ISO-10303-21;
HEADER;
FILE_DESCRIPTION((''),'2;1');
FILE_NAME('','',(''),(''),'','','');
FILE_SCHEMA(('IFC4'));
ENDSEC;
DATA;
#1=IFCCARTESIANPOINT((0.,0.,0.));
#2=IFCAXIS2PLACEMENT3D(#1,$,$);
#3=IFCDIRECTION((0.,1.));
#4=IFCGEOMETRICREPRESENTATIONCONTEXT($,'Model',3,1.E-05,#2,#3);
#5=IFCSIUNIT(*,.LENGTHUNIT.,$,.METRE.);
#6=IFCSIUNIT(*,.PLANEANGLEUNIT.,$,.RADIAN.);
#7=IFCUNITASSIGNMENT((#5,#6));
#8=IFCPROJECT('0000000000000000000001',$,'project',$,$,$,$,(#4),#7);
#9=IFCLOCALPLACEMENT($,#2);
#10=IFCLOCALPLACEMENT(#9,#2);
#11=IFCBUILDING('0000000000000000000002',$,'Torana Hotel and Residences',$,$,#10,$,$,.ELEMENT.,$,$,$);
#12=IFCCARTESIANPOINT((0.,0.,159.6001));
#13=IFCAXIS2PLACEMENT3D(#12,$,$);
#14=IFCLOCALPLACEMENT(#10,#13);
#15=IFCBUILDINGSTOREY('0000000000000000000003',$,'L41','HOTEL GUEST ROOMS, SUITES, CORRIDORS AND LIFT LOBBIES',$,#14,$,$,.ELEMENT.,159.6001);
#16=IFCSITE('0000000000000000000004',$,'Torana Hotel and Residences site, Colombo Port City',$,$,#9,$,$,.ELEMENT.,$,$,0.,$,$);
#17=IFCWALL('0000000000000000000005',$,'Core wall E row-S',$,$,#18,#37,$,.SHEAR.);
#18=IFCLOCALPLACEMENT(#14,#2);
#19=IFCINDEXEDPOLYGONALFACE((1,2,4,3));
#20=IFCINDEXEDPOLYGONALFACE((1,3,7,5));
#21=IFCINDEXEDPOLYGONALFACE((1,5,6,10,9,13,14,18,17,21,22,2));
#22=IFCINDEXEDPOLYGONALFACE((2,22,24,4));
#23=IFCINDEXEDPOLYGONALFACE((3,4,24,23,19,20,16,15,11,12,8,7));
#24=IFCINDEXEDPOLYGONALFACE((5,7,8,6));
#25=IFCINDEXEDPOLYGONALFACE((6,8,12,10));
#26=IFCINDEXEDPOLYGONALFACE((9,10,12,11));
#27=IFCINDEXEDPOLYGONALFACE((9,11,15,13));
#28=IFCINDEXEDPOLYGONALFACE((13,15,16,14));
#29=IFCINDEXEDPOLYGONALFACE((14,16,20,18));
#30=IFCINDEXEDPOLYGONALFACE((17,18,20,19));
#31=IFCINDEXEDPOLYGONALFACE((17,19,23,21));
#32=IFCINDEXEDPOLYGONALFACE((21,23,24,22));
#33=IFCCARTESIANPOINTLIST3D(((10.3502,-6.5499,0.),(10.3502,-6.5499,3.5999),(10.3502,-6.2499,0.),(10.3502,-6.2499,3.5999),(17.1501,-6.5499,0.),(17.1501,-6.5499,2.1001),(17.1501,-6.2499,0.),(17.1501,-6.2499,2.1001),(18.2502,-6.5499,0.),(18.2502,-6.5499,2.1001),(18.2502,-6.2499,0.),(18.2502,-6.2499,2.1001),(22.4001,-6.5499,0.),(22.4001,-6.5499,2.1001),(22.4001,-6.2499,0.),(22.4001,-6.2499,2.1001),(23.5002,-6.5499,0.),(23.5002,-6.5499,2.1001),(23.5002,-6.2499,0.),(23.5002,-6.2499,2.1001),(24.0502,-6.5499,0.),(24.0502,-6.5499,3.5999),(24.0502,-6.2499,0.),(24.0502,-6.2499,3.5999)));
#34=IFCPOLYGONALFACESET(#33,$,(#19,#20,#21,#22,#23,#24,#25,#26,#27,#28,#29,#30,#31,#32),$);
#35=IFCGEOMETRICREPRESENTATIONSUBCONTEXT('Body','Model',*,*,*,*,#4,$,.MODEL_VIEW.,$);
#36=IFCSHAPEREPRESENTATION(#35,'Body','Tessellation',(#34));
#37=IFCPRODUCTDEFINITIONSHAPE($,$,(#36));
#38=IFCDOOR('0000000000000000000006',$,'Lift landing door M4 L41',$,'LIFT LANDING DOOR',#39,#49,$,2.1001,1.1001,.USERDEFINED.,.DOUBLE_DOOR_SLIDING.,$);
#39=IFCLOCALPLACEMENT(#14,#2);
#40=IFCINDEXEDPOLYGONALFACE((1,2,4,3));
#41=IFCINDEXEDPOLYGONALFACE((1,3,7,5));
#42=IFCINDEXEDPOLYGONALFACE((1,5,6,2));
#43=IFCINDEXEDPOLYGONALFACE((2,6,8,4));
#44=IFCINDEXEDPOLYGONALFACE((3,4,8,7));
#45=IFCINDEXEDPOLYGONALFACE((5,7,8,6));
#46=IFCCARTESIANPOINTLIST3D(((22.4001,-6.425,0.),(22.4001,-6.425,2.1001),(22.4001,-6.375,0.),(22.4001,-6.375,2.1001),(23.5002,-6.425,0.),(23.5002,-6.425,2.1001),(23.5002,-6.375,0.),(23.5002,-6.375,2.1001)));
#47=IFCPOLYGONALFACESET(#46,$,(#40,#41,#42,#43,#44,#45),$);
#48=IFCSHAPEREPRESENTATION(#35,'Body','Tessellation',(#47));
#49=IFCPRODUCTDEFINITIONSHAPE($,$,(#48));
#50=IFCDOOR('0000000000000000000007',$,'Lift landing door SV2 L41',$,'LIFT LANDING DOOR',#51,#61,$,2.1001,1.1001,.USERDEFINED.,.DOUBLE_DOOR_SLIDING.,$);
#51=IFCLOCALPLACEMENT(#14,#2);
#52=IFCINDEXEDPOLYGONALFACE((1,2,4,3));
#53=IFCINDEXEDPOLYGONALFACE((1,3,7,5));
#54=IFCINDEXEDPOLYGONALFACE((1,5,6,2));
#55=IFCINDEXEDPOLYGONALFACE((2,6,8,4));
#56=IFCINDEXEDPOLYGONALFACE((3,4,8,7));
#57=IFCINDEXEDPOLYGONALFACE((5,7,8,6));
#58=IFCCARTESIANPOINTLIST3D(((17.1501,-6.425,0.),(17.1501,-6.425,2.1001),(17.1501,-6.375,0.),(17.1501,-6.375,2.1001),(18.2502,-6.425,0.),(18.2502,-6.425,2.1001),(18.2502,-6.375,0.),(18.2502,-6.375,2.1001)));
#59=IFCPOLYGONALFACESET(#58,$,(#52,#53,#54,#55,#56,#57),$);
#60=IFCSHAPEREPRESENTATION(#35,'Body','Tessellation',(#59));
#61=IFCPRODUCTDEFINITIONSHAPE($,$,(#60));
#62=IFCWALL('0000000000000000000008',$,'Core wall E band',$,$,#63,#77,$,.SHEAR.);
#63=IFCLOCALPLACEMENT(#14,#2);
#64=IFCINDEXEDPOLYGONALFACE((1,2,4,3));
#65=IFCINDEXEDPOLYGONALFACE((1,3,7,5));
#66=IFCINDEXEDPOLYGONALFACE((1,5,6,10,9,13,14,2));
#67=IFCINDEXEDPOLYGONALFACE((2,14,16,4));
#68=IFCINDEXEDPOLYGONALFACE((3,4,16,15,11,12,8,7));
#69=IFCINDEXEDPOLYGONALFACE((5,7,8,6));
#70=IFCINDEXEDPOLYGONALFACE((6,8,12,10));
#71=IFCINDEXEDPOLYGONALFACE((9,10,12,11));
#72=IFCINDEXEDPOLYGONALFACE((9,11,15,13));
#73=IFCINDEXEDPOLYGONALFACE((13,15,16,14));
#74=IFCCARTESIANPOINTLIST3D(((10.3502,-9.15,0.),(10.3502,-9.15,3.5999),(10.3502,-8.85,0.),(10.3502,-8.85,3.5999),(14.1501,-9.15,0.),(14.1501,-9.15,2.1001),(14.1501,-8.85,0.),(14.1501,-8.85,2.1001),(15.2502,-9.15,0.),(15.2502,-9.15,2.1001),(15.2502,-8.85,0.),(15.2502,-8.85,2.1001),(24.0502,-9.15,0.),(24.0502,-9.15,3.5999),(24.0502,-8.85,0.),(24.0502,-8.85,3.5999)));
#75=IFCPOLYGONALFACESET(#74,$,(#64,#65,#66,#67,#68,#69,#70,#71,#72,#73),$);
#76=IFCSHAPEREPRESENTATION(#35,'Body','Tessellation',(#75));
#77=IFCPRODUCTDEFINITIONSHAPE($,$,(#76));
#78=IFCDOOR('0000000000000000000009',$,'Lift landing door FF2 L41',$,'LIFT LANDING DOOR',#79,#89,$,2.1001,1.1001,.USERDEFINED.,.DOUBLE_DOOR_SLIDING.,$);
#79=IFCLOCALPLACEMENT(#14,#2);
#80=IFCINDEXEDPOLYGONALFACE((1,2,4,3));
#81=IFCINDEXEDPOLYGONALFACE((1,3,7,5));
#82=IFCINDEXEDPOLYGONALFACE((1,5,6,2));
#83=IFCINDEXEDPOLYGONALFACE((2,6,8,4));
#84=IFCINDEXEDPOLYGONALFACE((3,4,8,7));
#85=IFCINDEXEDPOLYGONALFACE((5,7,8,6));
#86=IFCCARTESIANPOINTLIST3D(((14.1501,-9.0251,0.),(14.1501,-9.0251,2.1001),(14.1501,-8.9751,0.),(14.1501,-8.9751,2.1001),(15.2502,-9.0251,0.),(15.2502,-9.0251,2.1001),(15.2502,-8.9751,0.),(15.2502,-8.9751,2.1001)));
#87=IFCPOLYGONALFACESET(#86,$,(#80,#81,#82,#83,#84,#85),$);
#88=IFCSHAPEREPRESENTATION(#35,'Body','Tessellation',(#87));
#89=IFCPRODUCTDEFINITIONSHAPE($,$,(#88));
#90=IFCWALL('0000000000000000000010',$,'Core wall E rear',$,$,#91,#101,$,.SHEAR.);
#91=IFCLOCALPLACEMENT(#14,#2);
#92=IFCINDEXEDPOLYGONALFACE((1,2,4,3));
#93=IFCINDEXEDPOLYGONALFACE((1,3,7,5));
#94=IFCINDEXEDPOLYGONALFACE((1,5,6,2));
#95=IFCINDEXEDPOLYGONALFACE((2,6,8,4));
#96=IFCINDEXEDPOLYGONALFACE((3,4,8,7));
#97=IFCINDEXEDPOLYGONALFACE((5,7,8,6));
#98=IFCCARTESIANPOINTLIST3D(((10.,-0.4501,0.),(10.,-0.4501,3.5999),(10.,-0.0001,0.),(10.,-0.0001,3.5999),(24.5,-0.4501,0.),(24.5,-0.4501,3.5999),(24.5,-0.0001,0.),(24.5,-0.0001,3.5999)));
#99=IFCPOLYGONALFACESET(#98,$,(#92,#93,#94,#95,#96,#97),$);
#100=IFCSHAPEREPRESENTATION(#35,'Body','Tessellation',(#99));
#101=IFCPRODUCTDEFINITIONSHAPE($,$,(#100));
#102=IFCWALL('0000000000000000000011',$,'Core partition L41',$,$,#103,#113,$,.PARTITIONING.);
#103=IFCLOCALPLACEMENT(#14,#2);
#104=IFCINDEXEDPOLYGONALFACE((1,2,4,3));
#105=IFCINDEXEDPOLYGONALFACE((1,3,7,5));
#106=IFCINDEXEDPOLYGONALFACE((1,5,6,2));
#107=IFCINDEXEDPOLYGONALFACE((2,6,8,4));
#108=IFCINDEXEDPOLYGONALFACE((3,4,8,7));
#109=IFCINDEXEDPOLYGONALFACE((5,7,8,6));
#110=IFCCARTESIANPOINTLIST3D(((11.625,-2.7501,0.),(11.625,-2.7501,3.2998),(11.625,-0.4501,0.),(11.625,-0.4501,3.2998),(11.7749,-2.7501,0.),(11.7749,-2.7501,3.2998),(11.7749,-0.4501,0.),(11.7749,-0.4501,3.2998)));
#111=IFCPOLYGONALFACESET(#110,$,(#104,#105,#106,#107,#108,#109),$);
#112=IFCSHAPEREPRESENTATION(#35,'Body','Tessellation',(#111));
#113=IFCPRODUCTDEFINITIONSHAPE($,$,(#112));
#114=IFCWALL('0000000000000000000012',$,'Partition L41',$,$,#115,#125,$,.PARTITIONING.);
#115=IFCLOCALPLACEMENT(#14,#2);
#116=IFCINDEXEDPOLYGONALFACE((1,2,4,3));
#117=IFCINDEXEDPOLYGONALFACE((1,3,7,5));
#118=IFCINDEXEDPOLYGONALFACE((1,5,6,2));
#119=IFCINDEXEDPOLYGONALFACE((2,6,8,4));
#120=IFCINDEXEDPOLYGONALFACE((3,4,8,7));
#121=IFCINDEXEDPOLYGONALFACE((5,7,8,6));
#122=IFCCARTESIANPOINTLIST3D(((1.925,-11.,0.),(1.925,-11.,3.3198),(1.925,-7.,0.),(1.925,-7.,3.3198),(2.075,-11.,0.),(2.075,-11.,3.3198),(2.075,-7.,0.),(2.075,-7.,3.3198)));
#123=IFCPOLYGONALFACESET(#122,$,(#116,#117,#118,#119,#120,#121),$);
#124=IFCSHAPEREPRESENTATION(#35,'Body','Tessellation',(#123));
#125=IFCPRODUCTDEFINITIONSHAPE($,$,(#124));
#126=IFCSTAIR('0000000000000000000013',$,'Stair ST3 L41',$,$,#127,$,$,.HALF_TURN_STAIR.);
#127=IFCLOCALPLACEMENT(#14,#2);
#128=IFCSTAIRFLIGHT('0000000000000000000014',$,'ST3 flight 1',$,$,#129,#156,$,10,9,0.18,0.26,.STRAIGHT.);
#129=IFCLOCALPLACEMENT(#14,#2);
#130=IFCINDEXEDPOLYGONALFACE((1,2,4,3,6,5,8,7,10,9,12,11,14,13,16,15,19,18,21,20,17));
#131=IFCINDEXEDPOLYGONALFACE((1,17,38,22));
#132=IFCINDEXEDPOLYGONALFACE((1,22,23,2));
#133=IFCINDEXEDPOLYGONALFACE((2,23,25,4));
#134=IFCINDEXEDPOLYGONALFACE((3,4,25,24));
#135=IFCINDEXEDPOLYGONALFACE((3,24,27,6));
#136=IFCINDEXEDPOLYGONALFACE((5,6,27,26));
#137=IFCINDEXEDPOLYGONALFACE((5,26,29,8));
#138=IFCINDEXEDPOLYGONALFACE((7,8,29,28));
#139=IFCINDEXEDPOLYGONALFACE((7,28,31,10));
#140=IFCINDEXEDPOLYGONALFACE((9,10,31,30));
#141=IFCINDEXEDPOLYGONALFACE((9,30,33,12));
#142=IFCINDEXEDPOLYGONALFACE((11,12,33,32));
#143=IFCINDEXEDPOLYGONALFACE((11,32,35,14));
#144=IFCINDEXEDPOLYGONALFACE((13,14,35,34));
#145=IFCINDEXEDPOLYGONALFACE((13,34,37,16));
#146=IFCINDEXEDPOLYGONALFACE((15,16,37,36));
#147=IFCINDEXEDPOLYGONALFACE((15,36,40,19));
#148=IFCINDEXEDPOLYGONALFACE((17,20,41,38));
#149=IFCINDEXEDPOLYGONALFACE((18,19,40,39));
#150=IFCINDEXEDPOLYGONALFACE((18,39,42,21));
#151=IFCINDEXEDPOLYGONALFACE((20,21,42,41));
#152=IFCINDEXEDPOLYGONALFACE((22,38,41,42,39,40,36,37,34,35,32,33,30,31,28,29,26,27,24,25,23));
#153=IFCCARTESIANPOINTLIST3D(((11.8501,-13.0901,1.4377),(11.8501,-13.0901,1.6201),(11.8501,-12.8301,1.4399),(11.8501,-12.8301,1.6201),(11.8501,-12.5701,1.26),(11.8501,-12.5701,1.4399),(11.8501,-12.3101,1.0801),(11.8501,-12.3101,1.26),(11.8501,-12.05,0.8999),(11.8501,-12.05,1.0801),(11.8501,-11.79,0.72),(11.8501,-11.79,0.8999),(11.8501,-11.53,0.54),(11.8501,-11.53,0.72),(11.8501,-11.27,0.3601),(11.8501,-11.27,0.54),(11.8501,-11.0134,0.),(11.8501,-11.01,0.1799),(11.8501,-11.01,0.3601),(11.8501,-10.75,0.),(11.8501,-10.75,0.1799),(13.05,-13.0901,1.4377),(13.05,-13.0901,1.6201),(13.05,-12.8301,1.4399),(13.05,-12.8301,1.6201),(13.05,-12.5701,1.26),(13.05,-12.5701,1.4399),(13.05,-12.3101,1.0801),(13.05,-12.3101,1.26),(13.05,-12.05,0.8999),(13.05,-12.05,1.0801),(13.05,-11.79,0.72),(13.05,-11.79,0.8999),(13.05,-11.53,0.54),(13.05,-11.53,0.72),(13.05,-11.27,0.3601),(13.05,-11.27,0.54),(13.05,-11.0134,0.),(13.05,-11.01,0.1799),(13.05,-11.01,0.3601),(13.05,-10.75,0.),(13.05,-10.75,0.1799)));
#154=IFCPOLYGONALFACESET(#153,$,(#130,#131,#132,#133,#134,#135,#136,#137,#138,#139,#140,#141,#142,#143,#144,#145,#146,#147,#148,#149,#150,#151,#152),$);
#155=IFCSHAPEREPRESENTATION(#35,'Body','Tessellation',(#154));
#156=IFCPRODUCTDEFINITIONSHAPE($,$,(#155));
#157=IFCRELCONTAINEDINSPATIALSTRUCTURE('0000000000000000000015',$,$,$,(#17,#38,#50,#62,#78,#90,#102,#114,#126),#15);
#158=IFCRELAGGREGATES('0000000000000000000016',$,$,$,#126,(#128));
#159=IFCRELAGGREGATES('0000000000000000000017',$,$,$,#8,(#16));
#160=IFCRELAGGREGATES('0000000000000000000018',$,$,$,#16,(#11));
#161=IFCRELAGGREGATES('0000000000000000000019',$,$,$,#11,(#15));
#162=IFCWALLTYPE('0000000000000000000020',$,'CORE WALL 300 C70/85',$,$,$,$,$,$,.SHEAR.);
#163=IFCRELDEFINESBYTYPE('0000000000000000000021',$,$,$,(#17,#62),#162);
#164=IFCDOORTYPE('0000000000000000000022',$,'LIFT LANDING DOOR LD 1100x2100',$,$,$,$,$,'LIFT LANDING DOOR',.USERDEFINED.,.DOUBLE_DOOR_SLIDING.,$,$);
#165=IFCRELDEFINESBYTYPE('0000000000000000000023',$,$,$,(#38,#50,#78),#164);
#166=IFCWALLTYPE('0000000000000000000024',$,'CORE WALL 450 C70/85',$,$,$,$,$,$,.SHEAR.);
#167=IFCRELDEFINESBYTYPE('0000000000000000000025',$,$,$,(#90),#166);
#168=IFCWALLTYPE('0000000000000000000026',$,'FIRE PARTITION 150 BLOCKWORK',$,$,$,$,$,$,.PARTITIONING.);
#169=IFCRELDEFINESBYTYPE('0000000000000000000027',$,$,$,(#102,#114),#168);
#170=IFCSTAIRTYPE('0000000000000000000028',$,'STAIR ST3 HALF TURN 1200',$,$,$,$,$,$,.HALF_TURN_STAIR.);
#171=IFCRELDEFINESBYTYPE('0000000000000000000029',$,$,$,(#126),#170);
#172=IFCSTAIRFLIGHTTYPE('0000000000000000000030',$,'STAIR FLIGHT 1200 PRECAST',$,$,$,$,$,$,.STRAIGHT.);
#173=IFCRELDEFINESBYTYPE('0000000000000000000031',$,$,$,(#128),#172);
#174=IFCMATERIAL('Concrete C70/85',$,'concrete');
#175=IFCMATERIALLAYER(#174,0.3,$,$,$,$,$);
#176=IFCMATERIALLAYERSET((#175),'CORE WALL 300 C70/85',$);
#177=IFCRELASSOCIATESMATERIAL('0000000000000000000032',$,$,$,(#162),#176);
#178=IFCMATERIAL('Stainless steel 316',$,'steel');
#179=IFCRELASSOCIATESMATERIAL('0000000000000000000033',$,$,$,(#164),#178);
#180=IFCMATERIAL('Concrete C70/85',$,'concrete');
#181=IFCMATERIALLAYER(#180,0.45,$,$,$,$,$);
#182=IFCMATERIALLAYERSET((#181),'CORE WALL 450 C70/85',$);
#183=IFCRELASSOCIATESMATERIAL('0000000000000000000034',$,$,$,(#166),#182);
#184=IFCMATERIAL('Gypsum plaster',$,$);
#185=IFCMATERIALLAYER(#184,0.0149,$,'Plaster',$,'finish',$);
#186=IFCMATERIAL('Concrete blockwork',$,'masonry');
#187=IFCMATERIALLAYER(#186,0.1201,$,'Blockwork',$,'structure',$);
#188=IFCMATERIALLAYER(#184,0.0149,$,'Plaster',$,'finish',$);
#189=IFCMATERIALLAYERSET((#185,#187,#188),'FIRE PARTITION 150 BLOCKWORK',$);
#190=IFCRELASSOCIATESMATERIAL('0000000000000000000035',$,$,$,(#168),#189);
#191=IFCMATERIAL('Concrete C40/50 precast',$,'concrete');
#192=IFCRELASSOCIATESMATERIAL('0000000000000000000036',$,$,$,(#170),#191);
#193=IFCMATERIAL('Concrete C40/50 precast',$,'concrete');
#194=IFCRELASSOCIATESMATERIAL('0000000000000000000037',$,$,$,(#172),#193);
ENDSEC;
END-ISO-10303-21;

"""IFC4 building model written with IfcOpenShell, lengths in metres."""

from ifc_helpers import new_model, si_unit, direction, frame, frame_2d, origin, place, context, subcontext, project, spatial, polyline, rectangle, outline, extrude, material, layer, layer_set, type_object, element, fill, aggregate, save


model = new_model("IFC4")

# Units and contexts
model_context = context("Model", 3, precision=1e-05, world=origin(), true_north=direction((0.0, 1.0)))
body_context = subcontext(model_context, "Body", "Model", "MODEL_VIEW")
ifc_project = project(units=[si_unit("LENGTHUNIT", "METRE"), si_unit("PLANEANGLEUNIT", "RADIAN")], contexts=[model_context])

# Site, building, storey
site_placement = place(None, origin())
site = spatial("IfcSite", under=ifc_project, at=site_placement, Name="Torana Hotel and Residences site, Colombo Port City", CompositionType="ELEMENT", RefElevation=0.0)
building_placement = place(site_placement, origin())
building = spatial("IfcBuilding", under=site, at=building_placement, Name="Torana Hotel and Residences", CompositionType="ELEMENT")
storey_placement = place(building_placement, frame((0.0, 0.0, 159.6001)))
storey = spatial("IfcBuildingStorey", under=building, at=storey_placement, Name="L41", Description="HOTEL GUEST ROOMS, SUITES, CORRIDORS AND LIFT LOBBIES", CompositionType="ELEMENT", Elevation=159.6001)

# Wall, openings, doors
ifc_material_1 = material(Name="Concrete C70/85", Category="concrete")
ifc_layer_1 = layer(ifc_material_1, 0.3)
ifc_layer_set_1 = layer_set([ifc_layer_1], Name="CORE WALL 300 C70/85")
wall_type_1 = type_object("IfcWallType", Name="CORE WALL 300 C70/85", PredefinedType="SHEAR", material=ifc_layer_set_1)
ifc_material_2 = material(Name="Stainless steel 316", Category="steel")
door_type_1 = type_object("IfcDoorType", Name="LIFT LANDING DOOR LD 1100x2100", ElementType="LIFT LANDING DOOR", OperationType="DOUBLE_DOOR_SLIDING", PredefinedType="USERDEFINED", material=ifc_material_2)
wall_1_placement = place(storey_placement, frame((10.3501, -6.3999, 0.0), z_axis=(0.0, 0.0, 1.0), x_axis=(1.0, 0.0, 0.0)))
wall_1 = element("IfcWall", 1, at=wall_1_placement, inside=storey, type_object=wall_type_1, Name="Core wall E row-S", PredefinedType="SHEAR", context=body_context, shape_type="SweptSolid", body=[
    extrude(rectangle(XDim=13.7, YDim=0.3, at=frame_2d((6.8501, 0.0))), origin(), (0.0, 0.0, 1.0), 3.5999),
])
opening_1_placement = place(wall_1_placement, frame((12.05, 0.0, 0.0)))
opening_1 = element("IfcOpeningElement", 2, at=opening_1_placement, cuts=wall_1, PredefinedType="OPENING", context=body_context, shape_type="SweptSolid", body=[
    extrude(rectangle(XDim=1.1001, YDim=2.1001, at=frame_2d((0.55, 1.05))), frame((0.0, 0.1599, 0.0), z_axis=(0.0, -1.0, 0.0), x_axis=(1.0, 0.0, 0.0)), (0.0, 0.0, 1.0), 0.3201),
])
opening_2_placement = place(wall_1_placement, frame((6.8, 0.0, 0.0)))
opening_2 = element("IfcOpeningElement", 3, at=opening_2_placement, cuts=wall_1, PredefinedType="OPENING", context=body_context, shape_type="SweptSolid", body=[
    extrude(rectangle(XDim=1.1001, YDim=2.1001, at=frame_2d((0.55, 1.05))), frame((0.0, 0.1599, 0.0), z_axis=(0.0, -1.0, 0.0), x_axis=(1.0, 0.0, 0.0)), (0.0, 0.0, 1.0), 0.3201),
])
door_1_placement = place(opening_1_placement, origin())
door_1 = element("IfcDoor", 4, at=door_1_placement, inside=storey, type_object=door_type_1, Name="Lift landing door M4 L41", ObjectType="LIFT LANDING DOOR", OperationType="DOUBLE_DOOR_SLIDING", OverallHeight=2.1001, OverallWidth=1.1001, PredefinedType="USERDEFINED", context=body_context, shape_type="SweptSolid", body=[
    extrude(rectangle(XDim=1.1001, YDim=2.1001, at=frame_2d((0.55, 1.05))), frame((0.0, 0.0249, 0.0), z_axis=(0.0, -1.0, 0.0), x_axis=(1.0, 0.0, 0.0)), (0.0, 0.0, 1.0), 0.05),
])
fill(opening_1, door_1)
door_2_placement = place(opening_2_placement, origin())
door_2 = element("IfcDoor", 5, at=door_2_placement, inside=storey, type_object=door_type_1, Name="Lift landing door SV2 L41", ObjectType="LIFT LANDING DOOR", OperationType="DOUBLE_DOOR_SLIDING", OverallHeight=2.1001, OverallWidth=1.1001, PredefinedType="USERDEFINED", context=body_context, shape_type="SweptSolid", body=[
    extrude(rectangle(XDim=1.1001, YDim=2.1001, at=frame_2d((0.55, 1.05))), frame((0.0, 0.0249, 0.0), z_axis=(0.0, -1.0, 0.0), x_axis=(1.0, 0.0, 0.0)), (0.0, 0.0, 1.0), 0.05),
])
fill(opening_2, door_2)

# Wall, opening, door
wall_2_placement = place(storey_placement, frame((10.3501, -9.0, 0.0), z_axis=(0.0, 0.0, 1.0), x_axis=(1.0, 0.0, 0.0)))
wall_2 = element("IfcWall", 6, at=wall_2_placement, inside=storey, type_object=wall_type_1, Name="Core wall E band", PredefinedType="SHEAR", context=body_context, shape_type="SweptSolid", body=[
    extrude(rectangle(XDim=13.7, YDim=0.3, at=frame_2d((6.8501, 0.0))), origin(), (0.0, 0.0, 1.0), 3.5999),
])
opening_3_placement = place(wall_2_placement, frame((3.8, 0.0, 0.0)))
opening_3 = element("IfcOpeningElement", 7, at=opening_3_placement, cuts=wall_2, PredefinedType="OPENING", context=body_context, shape_type="SweptSolid", body=[
    extrude(rectangle(XDim=1.1001, YDim=2.1001, at=frame_2d((0.55, 1.05))), frame((0.0, 0.1599, 0.0), z_axis=(0.0, -1.0, 0.0), x_axis=(1.0, 0.0, 0.0)), (0.0, 0.0, 1.0), 0.3201),
])
door_3_placement = place(opening_3_placement, origin())
door_3 = element("IfcDoor", 8, at=door_3_placement, inside=storey, type_object=door_type_1, Name="Lift landing door FF2 L41", ObjectType="LIFT LANDING DOOR", OperationType="DOUBLE_DOOR_SLIDING", OverallHeight=2.1001, OverallWidth=1.1001, PredefinedType="USERDEFINED", context=body_context, shape_type="SweptSolid", body=[
    extrude(rectangle(XDim=1.1001, YDim=2.1001, at=frame_2d((0.55, 1.05))), frame((0.0, 0.0249, 0.0), z_axis=(0.0, -1.0, 0.0), x_axis=(1.0, 0.0, 0.0)), (0.0, 0.0, 1.0), 0.05),
])
fill(opening_3, door_3)

# Walls
ifc_material_3 = material(Name="Concrete C70/85", Category="concrete")
ifc_layer_2 = layer(ifc_material_3, 0.45)
ifc_layer_set_2 = layer_set([ifc_layer_2], Name="CORE WALL 450 C70/85")
wall_type_2 = type_object("IfcWallType", Name="CORE WALL 450 C70/85", PredefinedType="SHEAR", material=ifc_layer_set_2)
wall_3_placement = place(storey_placement, frame((10.0, -0.2251, 0.0), z_axis=(0.0, 0.0, 1.0), x_axis=(1.0, 0.0, 0.0)))
element("IfcWall", 9, at=wall_3_placement, inside=storey, type_object=wall_type_2, Name="Core wall E rear", PredefinedType="SHEAR", context=body_context, shape_type="SweptSolid", body=[
    extrude(rectangle(XDim=14.5, YDim=0.45, at=frame_2d((7.25, 0.0))), origin(), (0.0, 0.0, 1.0), 3.5999),
])
ifc_material_4 = material(Name="Gypsum plaster")
ifc_layer_3 = layer(ifc_material_4, 0.0149, Name="Plaster", Category="finish")
ifc_material_5 = material(Name="Concrete blockwork", Category="masonry")
ifc_layer_4 = layer(ifc_material_5, 0.1201, Name="Blockwork", Category="structure")
ifc_layer_5 = layer(ifc_material_4, 0.0149, Name="Plaster", Category="finish")
ifc_layer_set_3 = layer_set([ifc_layer_3, ifc_layer_4, ifc_layer_5], Name="FIRE PARTITION 150 BLOCKWORK")
wall_type_3 = type_object("IfcWallType", Name="FIRE PARTITION 150 BLOCKWORK", PredefinedType="PARTITIONING", material=ifc_layer_set_3)
wall_4_placement = place(storey_placement, frame((11.7, -2.75, 0.0), z_axis=(0.0, 0.0, 1.0), x_axis=(0.0, 1.0, 0.0)))
element("IfcWall", 10, at=wall_4_placement, inside=storey, type_object=wall_type_3, Name="Core partition L41", PredefinedType="PARTITIONING", context=body_context, shape_type="SweptSolid", body=[
    extrude(rectangle(XDim=2.3, YDim=0.1499, at=frame_2d((1.1499, 0.0))), origin(), (0.0, 0.0, 1.0), 3.2998),
])
wall_5_placement = place(storey_placement, frame((2.0, -11.0, 0.0), z_axis=(0.0, 0.0, 1.0), x_axis=(0.0, 1.0, 0.0)))
element("IfcWall", 11, at=wall_5_placement, inside=storey, type_object=wall_type_3, Name="Partition L41", PredefinedType="PARTITIONING", context=body_context, shape_type="SweptSolid", body=[
    extrude(rectangle(XDim=4.0, YDim=0.1499, at=frame_2d((2.0, 0.0))), origin(), (0.0, 0.0, 1.0), 3.3198),
])

# Stair, stair flight
ifc_material_6 = material(Name="Concrete C40/50 precast", Category="concrete")
stair_type = type_object("IfcStairType", Name="STAIR ST3 HALF TURN 1200", PredefinedType="HALF_TURN_STAIR", material=ifc_material_6)
stair_placement = place(storey_placement, origin())
stair = element("IfcStair", 12, at=stair_placement, inside=storey, type_object=stair_type, Name="Stair ST3 L41", PredefinedType="HALF_TURN_STAIR")
ifc_material_7 = material(Name="Concrete C40/50 precast", Category="concrete")
stair_flight_type = type_object("IfcStairFlightType", Name="STAIR FLIGHT 1200 PRECAST", PredefinedType="STRAIGHT", material=ifc_material_7)
stair_flight_1_placement = place(storey_placement, frame((12.45, -10.75, 0.0), z_axis=(0.0, 0.0, 1.0), x_axis=(0.0, -1.0, 0.0)))
stair_flight_1 = element("IfcStairFlight", 13, at=stair_flight_1_placement, type_object=stair_flight_type, Name="ST3 flight 1", NumberOfRisers=10, NumberOfTreads=9, PredefinedType="STRAIGHT", RiserHeight=0.18, TreadLength=0.26, context=body_context, shape_type="SweptSolid", body=[
    extrude(outline(polyline([(0.0, 0.0), (0.0, 0.1799), (0.26, 0.1799), (0.26, 0.3601), (0.52, 0.3601), (0.52, 0.54), (0.78, 0.54), (0.78, 0.72), (1.04, 0.72), (1.04, 0.8999), (1.3, 0.8999), (1.3, 1.0801), (1.5601, 1.0801), (1.5601, 1.26), (1.8201, 1.26), (1.8201, 1.4399), (2.0801, 1.4399), (2.0801, 1.6201), (2.3401, 1.6201), (2.3401, 1.8), (2.3401, 1.4377), (0.2634, 0.0), (0.0, 0.0)])), frame((0.0, 0.6001, 0.0), z_axis=(0.0, -1.0, 0.0), x_axis=(1.0, 0.0, 0.0)), (0.0, 0.0, 1.0), 1.2),
])
aggregate(stair, [stair_flight_1])

save(model, "model.ifc")
